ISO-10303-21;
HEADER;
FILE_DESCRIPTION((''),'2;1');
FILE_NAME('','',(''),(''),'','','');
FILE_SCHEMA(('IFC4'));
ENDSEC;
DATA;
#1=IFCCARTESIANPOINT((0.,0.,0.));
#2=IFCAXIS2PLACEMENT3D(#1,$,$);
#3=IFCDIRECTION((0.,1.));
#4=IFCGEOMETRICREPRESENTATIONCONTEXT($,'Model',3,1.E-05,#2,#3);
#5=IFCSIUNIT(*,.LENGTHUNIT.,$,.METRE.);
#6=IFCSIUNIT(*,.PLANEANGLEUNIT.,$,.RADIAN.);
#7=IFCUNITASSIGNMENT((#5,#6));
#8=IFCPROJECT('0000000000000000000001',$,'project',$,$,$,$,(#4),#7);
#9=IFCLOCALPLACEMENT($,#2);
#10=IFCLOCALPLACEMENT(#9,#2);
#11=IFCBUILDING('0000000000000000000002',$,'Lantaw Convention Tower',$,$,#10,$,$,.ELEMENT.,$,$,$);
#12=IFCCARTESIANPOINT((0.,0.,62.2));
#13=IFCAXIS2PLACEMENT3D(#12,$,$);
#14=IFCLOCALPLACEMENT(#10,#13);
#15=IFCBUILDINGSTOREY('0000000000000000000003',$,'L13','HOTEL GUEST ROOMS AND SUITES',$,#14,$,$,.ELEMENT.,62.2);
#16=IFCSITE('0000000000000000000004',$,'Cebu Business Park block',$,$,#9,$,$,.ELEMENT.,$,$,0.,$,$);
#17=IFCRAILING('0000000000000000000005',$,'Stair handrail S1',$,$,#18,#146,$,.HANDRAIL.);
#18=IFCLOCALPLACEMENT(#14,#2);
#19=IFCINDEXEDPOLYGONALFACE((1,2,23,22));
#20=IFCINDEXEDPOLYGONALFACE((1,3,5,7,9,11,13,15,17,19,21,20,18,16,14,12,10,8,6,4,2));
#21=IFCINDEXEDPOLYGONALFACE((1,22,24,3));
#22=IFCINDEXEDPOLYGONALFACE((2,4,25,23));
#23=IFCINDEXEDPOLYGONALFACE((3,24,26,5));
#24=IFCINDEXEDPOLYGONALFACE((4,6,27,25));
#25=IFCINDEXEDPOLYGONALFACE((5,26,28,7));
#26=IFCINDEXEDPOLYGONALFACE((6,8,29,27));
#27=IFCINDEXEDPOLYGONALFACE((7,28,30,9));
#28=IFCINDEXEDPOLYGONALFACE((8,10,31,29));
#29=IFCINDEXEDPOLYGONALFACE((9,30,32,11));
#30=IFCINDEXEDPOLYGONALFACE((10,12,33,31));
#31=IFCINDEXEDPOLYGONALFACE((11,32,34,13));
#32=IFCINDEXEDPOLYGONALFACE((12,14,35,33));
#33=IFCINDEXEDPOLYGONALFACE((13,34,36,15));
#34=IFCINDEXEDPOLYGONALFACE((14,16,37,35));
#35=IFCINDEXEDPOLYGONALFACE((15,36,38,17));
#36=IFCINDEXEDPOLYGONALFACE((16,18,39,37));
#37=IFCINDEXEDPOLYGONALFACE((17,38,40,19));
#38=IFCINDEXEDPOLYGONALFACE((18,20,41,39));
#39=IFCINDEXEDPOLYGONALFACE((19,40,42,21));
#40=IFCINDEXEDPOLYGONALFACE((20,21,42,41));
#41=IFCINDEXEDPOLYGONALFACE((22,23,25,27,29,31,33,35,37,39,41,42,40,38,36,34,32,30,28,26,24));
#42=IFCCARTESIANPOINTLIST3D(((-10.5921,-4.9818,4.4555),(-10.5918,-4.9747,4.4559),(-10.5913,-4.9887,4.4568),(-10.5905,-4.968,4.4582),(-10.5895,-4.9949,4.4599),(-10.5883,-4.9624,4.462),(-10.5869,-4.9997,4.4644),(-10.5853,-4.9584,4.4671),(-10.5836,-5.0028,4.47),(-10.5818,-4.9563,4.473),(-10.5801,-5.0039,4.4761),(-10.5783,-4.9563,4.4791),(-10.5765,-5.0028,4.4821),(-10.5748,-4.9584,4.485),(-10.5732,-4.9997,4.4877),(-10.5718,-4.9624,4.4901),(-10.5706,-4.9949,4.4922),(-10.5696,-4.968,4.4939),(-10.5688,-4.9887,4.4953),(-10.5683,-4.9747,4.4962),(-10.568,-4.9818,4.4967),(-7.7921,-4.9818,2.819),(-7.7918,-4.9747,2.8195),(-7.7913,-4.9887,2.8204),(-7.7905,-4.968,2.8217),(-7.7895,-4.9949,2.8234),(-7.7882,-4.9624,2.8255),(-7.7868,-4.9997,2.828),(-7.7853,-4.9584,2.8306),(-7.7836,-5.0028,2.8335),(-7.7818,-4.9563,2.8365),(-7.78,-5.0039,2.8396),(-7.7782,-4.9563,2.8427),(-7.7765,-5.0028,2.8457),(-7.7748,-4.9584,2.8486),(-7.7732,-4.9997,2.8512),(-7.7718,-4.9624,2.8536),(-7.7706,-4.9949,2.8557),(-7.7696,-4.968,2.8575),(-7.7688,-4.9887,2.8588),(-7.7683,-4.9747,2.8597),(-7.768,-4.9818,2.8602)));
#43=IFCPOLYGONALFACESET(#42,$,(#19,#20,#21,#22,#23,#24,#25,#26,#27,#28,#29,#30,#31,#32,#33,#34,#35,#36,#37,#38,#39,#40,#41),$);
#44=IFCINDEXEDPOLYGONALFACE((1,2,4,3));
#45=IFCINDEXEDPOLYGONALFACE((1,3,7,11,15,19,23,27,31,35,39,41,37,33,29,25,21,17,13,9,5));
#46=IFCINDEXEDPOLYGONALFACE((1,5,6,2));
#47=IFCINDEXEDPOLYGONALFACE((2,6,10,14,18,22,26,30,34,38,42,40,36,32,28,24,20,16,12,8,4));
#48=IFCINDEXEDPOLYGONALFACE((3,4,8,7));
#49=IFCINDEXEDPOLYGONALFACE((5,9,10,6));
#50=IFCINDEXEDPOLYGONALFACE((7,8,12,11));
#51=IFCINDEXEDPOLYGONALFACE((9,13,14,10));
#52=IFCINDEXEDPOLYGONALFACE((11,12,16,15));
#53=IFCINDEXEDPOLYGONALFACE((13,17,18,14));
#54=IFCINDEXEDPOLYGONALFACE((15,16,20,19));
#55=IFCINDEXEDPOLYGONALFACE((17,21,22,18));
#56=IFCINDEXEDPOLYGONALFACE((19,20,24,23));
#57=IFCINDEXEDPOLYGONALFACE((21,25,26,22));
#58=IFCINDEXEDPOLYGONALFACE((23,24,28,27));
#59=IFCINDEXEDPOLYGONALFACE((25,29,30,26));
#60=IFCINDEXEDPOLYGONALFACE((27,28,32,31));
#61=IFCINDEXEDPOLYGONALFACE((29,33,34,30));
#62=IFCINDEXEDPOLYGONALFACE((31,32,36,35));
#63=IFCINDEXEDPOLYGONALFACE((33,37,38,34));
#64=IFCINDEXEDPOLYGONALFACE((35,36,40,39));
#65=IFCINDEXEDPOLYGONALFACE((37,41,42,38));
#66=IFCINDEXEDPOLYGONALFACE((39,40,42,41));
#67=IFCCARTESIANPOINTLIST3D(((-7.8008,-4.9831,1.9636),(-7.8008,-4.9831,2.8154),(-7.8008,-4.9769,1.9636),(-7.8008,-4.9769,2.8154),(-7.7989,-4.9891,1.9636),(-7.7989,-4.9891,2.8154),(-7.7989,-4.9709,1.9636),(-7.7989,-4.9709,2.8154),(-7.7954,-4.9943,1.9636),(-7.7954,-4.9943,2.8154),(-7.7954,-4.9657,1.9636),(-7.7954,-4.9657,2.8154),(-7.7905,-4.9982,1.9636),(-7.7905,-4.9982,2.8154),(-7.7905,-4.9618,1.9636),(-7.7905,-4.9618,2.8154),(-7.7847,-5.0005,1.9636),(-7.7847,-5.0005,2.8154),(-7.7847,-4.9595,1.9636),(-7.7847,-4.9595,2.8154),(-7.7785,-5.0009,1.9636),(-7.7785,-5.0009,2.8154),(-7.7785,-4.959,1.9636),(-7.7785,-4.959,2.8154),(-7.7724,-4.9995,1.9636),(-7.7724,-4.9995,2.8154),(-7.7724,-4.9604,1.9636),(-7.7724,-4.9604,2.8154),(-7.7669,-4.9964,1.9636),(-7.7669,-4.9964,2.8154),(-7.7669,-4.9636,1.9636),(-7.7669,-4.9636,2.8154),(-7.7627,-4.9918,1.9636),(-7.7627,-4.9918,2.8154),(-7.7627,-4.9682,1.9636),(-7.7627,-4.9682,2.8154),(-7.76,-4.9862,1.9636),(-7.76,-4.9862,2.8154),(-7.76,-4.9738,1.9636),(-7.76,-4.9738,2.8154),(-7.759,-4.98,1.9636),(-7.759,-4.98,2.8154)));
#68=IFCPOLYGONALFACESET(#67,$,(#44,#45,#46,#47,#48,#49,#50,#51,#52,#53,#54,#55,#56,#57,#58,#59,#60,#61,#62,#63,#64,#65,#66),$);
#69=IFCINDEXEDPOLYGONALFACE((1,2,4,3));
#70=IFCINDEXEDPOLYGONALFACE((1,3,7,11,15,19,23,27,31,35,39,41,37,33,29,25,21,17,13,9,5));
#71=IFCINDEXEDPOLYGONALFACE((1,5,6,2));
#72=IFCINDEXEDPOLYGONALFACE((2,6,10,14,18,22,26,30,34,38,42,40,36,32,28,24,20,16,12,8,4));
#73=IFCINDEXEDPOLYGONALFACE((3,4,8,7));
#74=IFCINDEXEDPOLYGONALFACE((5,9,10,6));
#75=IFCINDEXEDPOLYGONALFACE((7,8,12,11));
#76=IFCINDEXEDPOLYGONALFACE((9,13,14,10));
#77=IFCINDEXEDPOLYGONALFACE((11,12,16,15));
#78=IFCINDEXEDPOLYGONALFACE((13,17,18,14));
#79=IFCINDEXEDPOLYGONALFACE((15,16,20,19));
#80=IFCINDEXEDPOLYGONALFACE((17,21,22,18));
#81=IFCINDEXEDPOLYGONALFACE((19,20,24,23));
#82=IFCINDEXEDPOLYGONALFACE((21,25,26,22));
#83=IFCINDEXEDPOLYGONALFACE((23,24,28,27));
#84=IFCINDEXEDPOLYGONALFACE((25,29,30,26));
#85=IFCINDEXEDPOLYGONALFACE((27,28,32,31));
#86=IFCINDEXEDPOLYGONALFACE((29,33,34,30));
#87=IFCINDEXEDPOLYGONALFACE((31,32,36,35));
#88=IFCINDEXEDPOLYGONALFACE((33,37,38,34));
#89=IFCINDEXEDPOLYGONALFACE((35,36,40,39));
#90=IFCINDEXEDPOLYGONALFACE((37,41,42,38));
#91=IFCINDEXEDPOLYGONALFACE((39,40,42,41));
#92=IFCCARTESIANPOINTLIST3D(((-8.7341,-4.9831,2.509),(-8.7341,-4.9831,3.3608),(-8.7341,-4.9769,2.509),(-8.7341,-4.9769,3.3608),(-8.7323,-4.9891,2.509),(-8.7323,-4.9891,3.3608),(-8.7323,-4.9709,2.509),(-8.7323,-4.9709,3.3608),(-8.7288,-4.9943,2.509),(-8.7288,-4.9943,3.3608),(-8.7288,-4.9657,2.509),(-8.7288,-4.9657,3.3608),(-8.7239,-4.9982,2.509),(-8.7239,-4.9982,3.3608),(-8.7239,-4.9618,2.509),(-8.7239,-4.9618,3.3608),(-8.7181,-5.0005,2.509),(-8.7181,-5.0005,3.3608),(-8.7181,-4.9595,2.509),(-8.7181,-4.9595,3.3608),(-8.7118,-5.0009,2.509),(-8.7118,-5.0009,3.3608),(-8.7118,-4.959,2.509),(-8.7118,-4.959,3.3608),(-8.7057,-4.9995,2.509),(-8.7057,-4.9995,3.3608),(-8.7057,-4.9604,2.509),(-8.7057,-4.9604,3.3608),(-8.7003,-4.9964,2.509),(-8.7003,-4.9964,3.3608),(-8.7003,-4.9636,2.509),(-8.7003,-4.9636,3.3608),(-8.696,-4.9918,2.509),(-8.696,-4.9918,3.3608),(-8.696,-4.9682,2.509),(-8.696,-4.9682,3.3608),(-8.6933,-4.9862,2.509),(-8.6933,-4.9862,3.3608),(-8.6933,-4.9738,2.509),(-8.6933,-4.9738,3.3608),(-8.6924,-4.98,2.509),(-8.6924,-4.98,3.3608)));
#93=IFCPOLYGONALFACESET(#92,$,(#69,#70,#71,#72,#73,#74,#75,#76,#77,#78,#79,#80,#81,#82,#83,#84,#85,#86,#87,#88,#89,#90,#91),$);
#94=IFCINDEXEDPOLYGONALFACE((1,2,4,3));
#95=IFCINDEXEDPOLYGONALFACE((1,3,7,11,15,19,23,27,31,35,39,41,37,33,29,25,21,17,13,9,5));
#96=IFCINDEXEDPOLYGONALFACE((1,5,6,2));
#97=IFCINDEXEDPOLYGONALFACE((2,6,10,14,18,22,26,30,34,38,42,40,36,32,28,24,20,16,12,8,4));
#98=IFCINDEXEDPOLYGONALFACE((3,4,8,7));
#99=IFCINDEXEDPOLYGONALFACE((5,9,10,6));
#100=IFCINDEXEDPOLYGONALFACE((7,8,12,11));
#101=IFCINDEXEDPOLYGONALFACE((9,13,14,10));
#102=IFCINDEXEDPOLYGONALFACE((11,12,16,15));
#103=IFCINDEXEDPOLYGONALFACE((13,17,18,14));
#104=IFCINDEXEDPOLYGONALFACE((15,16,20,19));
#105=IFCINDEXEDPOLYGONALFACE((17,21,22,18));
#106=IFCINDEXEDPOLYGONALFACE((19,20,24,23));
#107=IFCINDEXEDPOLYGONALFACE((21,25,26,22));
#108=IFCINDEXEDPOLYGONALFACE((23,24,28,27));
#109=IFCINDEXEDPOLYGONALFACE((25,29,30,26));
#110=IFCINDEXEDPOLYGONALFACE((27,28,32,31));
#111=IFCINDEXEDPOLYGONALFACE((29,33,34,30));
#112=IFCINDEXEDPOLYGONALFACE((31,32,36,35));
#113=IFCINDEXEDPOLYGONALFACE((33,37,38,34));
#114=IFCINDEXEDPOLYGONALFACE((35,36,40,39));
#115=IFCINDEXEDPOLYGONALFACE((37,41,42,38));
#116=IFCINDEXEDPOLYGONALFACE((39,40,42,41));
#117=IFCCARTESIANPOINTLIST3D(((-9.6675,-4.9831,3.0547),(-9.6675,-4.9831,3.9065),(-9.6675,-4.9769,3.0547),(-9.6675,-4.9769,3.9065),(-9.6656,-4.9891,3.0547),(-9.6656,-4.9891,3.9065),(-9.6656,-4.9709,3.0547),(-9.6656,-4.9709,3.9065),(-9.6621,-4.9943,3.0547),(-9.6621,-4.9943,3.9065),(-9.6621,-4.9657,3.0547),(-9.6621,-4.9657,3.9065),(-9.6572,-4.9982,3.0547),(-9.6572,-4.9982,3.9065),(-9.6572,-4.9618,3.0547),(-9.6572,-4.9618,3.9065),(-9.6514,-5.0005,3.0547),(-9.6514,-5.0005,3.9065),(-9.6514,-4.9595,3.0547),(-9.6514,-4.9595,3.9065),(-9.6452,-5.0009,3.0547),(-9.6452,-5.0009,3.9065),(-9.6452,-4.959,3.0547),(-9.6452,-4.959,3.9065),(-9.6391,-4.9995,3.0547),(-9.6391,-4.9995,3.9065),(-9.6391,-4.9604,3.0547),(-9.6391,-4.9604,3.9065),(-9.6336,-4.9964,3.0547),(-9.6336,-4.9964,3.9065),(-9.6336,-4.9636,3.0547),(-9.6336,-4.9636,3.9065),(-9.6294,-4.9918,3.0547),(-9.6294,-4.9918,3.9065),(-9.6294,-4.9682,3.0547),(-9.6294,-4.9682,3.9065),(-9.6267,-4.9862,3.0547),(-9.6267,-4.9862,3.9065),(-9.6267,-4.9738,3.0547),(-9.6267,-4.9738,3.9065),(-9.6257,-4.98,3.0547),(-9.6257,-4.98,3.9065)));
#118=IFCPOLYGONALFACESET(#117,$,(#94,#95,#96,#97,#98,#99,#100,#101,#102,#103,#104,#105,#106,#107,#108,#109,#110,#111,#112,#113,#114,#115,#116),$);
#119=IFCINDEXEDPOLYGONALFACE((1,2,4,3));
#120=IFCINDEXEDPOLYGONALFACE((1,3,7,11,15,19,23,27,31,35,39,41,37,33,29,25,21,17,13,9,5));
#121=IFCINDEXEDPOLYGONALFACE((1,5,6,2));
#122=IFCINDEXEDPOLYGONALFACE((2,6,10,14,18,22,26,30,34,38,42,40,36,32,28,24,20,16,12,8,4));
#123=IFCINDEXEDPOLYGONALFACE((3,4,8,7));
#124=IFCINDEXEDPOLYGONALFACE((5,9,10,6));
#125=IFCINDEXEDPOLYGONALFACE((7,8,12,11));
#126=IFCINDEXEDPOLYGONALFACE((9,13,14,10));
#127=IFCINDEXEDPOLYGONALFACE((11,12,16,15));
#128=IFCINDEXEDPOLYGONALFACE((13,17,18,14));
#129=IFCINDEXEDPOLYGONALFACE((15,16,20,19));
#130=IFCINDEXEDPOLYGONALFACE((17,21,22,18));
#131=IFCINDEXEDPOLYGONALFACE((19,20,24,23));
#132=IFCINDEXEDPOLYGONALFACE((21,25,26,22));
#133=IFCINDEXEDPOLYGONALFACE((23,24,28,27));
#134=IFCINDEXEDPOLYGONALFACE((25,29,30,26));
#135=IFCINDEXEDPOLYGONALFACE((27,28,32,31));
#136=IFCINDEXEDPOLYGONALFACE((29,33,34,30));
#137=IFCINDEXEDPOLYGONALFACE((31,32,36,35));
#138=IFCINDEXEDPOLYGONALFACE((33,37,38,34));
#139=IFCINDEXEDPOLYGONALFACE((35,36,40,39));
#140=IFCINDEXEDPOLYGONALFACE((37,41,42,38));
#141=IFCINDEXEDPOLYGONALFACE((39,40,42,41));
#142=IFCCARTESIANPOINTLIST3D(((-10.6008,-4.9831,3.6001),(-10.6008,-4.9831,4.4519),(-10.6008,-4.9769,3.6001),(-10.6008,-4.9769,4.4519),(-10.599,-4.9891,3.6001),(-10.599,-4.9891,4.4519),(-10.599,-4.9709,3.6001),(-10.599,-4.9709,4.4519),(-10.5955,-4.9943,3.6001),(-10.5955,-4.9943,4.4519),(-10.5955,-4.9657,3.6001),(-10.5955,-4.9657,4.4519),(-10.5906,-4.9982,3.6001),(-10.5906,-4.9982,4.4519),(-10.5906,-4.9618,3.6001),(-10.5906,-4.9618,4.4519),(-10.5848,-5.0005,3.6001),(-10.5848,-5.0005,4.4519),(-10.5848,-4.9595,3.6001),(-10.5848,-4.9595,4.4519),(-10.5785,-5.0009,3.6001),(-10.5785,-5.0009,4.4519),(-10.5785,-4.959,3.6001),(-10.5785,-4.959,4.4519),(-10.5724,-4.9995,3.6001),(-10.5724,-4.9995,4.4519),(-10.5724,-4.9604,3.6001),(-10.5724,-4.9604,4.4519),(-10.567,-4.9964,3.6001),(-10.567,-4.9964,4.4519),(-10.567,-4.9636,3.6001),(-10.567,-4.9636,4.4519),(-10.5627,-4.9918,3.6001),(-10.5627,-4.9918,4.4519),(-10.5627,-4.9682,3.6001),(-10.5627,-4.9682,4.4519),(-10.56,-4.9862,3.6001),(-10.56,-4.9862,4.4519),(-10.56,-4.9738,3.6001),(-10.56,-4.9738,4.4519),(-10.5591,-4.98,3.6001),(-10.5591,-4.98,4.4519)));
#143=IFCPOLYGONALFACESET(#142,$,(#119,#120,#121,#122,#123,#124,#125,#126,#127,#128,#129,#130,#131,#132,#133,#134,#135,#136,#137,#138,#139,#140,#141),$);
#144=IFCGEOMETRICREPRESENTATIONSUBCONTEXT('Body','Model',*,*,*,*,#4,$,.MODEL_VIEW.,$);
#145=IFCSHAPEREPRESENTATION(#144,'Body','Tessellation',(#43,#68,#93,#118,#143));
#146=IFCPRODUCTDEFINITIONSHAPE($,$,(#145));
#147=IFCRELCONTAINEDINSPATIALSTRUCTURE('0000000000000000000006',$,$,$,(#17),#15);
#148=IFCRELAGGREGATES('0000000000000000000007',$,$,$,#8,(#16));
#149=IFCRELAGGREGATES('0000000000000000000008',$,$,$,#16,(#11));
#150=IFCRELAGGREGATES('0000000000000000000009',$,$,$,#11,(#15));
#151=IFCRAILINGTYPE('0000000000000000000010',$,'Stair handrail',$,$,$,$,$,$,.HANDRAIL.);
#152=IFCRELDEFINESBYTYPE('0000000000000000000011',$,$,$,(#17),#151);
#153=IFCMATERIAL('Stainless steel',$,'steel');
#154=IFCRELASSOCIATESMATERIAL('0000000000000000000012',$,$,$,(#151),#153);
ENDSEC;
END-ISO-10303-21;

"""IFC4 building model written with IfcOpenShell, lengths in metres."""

from ifc_helpers import new_model, si_unit, direction, frame, origin, origin_2d, place, context, subcontext, project, spatial, circle, extrude, material, type_object, element, save


model = new_model("IFC4")

# Units and contexts
model_context = context("Model", 3, precision=1e-05, world=origin(), true_north=direction((0.0, 1.0)))
body_context = subcontext(model_context, "Body", "Model", "MODEL_VIEW")
ifc_project = project(units=[si_unit("LENGTHUNIT", "METRE"), si_unit("PLANEANGLEUNIT", "RADIAN")], contexts=[model_context])

# Site, building, storey
site_placement = place(None, origin())
site = spatial("IfcSite", under=ifc_project, at=site_placement, Name="Cebu Business Park block", CompositionType="ELEMENT", RefElevation=0.0)
building_placement = place(site_placement, origin())
building = spatial("IfcBuilding", under=site, at=building_placement, Name="Lantaw Convention Tower", CompositionType="ELEMENT")
storey_placement = place(building_placement, frame((0.0, 0.0, 62.2)))
storey = spatial("IfcBuildingStorey", under=building, at=storey_placement, Name="L13", Description="HOTEL GUEST ROOMS AND SUITES", CompositionType="ELEMENT", Elevation=62.2)

# Railing
ifc_material_1 = material(Name="Stainless steel", Category="steel")
railing_type = type_object("IfcRailingType", Name="Stair handrail", PredefinedType="HANDRAIL", material=ifc_material_1)
railing_1_placement = place(storey_placement, frame((-7.78, -4.98, 1.9636)))
element("IfcRailing", 1, at=railing_1_placement, inside=storey, type_object=railing_type, Name="Stair handrail S1", PredefinedType="HANDRAIL", context=body_context, shape_type="SweptSolid", body=[
    extrude(circle(Radius=0.0239, at=origin_2d()), frame((0.0, 0.0, 0.876), z_axis=(-0.863361, 0.0, 0.504587), x_axis=(0.0, -1.0, 0.0)), (0.0, 0.0, 1.0), 3.2432),
    extrude(circle(Radius=0.021, at=origin_2d()), origin(), (0.0, 0.0, 1.0), 0.8518),
    extrude(circle(Radius=0.021, at=origin_2d()), frame((-0.9333, 0.0, 0.5454)), (0.0, 0.0, 1.0), 0.8518),
    extrude(circle(Radius=0.021, at=origin_2d()), frame((-1.8667, 0.0, 1.0911)), (0.0, 0.0, 1.0), 0.8518),
    extrude(circle(Radius=0.021, at=origin_2d()), frame((-2.8, 0.0, 1.6365)), (0.0, 0.0, 1.0), 0.8518),
])

save(model, "model.ifc")
